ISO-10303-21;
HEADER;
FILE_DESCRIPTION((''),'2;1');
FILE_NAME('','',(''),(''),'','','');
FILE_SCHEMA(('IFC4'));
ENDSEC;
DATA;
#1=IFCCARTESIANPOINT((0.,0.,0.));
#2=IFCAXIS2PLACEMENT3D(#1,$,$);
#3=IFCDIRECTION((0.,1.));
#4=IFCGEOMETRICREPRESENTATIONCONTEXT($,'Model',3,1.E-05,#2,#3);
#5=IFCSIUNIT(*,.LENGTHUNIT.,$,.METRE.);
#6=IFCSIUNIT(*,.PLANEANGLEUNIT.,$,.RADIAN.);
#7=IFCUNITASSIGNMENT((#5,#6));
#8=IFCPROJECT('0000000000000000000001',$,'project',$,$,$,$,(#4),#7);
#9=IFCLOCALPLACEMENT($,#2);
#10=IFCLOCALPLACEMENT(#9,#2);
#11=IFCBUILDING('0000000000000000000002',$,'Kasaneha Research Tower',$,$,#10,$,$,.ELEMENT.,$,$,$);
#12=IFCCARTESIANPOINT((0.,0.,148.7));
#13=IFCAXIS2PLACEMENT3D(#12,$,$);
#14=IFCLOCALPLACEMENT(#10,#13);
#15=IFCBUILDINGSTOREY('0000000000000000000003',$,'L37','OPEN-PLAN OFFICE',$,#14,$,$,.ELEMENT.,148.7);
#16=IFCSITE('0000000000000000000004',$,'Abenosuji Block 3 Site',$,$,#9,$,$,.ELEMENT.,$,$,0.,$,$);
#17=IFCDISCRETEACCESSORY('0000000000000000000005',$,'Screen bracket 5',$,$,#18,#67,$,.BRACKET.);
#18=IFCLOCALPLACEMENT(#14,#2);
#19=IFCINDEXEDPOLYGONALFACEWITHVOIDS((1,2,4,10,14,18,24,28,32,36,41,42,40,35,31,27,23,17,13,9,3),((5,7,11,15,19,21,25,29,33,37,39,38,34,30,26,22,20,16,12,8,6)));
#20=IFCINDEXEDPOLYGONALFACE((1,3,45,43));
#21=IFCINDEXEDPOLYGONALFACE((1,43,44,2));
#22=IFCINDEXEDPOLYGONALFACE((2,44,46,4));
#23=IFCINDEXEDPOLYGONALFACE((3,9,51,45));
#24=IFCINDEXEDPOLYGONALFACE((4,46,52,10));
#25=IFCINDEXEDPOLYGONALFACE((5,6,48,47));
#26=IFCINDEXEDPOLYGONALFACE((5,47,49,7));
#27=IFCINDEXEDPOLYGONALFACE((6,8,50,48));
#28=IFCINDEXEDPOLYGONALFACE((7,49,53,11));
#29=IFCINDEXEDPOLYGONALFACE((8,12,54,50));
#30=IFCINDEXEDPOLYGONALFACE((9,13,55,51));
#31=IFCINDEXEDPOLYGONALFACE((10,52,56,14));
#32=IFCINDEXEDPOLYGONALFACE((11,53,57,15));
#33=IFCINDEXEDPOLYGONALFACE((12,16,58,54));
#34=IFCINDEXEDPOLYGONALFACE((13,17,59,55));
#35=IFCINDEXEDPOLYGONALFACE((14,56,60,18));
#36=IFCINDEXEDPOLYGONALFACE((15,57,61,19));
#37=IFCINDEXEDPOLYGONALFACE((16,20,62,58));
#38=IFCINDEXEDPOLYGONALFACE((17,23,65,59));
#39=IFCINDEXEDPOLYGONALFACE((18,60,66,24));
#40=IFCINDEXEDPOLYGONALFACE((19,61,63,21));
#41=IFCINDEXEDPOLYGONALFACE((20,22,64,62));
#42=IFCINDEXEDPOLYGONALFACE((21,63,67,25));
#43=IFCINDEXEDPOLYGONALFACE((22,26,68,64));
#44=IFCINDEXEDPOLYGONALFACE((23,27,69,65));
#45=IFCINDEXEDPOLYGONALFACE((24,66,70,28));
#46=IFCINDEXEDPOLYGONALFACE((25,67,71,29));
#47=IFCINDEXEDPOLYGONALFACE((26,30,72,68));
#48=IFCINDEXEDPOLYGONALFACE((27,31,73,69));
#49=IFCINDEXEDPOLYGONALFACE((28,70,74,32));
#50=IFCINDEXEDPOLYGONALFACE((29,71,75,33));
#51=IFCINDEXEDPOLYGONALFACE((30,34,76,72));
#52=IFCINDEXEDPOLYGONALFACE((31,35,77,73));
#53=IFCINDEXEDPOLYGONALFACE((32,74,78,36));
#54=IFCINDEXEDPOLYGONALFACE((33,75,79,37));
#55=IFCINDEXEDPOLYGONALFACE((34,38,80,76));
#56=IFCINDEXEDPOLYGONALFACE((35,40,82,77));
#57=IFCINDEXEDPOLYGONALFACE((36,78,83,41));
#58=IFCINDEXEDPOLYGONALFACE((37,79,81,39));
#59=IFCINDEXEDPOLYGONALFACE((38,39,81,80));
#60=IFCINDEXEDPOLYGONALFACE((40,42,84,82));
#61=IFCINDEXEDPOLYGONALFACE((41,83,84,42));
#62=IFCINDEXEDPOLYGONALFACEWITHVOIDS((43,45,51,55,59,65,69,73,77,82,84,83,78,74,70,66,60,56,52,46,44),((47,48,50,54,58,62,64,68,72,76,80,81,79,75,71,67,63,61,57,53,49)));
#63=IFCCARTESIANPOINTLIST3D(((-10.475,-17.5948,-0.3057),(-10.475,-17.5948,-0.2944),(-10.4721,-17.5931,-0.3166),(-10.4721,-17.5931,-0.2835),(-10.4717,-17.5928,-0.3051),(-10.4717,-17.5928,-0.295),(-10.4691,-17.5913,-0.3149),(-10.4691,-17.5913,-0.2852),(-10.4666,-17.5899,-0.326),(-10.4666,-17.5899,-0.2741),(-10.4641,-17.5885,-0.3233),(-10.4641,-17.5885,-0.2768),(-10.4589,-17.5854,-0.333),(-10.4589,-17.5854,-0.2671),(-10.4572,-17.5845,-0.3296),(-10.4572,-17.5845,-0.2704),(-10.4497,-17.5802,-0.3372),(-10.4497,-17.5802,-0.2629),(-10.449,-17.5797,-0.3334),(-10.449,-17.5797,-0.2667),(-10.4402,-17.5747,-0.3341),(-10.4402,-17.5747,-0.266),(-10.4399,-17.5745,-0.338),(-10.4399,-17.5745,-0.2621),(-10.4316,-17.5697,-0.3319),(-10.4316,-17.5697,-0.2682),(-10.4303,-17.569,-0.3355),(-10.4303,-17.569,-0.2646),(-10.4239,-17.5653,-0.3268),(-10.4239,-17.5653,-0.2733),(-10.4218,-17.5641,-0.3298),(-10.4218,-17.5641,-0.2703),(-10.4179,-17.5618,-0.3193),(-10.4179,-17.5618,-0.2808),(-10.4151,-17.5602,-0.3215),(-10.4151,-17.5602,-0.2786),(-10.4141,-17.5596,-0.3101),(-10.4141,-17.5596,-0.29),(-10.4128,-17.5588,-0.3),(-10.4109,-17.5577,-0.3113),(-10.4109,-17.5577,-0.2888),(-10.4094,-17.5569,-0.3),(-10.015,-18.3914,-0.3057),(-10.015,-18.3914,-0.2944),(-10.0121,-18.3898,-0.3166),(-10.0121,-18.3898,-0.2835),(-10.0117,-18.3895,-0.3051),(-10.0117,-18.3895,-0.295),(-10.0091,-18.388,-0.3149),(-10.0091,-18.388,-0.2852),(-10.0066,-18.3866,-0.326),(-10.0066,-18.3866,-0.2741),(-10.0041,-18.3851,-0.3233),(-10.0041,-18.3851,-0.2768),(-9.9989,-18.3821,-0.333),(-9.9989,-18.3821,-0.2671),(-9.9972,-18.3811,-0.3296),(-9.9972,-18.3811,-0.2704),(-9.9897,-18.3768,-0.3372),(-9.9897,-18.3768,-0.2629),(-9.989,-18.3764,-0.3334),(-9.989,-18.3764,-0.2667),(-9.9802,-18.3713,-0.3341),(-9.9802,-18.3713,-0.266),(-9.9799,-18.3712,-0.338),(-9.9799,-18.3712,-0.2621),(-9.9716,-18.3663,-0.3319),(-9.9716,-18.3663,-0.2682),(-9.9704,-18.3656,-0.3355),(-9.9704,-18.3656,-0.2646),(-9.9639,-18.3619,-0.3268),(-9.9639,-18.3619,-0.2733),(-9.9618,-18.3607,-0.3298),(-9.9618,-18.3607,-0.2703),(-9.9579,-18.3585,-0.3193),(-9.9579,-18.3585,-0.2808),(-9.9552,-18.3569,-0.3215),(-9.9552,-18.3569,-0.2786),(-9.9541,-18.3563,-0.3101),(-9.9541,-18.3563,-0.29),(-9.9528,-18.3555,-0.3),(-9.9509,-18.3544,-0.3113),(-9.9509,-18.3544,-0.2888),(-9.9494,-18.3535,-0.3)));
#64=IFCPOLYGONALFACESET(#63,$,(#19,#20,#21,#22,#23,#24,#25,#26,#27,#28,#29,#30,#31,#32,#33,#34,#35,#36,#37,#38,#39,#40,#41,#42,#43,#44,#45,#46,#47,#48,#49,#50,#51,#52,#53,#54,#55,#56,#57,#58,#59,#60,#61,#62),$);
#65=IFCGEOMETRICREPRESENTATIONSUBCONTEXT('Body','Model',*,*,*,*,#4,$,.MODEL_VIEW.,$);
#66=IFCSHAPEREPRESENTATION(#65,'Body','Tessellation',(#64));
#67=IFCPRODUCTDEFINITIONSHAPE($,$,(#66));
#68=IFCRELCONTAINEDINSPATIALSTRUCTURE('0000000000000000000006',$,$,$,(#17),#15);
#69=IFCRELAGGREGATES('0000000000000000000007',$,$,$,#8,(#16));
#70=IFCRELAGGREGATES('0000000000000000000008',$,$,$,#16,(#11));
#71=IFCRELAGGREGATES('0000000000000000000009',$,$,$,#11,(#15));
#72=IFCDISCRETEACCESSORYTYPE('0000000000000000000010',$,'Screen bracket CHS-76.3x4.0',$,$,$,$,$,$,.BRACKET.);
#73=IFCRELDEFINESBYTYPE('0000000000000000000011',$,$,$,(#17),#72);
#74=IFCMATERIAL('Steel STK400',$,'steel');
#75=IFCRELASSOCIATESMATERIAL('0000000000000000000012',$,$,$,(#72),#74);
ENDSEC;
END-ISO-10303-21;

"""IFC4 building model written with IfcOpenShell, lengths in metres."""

from ifc_helpers import new_model, si_unit, direction, frame, origin, origin_2d, place, context, subcontext, project, spatial, hollow_circle, extrude, material, material_profile, profile_set, type_object, element, save


model = new_model("IFC4")

# Units and contexts
model_context = context("Model", 3, precision=1e-05, world=origin(), true_north=direction((0.0, 1.0)))
body_context = subcontext(model_context, "Body", "Model", "MODEL_VIEW")
ifc_project = project(units=[si_unit("LENGTHUNIT", "METRE"), si_unit("PLANEANGLEUNIT", "RADIAN")], contexts=[model_context])

# Site, building, storey
site_placement = place(None, origin())
site = spatial("IfcSite", under=ifc_project, at=site_placement, Name="Abenosuji Block 3 Site", CompositionType="ELEMENT", RefElevation=0.0)
building_placement = place(site_placement, origin())
building = spatial("IfcBuilding", under=site, at=building_placement, Name="Kasaneha Research Tower", CompositionType="ELEMENT")
storey_placement = place(building_placement, frame((0.0, 0.0, 148.7)))
storey = spatial("IfcBuildingStorey", under=building, at=storey_placement, Name="L37", Description="OPEN-PLAN OFFICE", CompositionType="ELEMENT", Elevation=148.7)

# Discrete accessory
ifc_material_1 = material(Name="Steel STK400", Category="steel")
ifc_material_profile_1 = material_profile(ifc_material_1, hollow_circle(Radius=0.0381, WallThickness=0.0039, at=origin_2d()), Name="CHS-76.3x4.0")
ifc_profile_set_1 = profile_set([ifc_material_profile_1], Name="Steel STK400")
discrete_accessory_type = type_object("IfcDiscreteAccessoryType", Name="Screen bracket CHS-76.3x4.0", PredefinedType="BRACKET", material=ifc_profile_set_1)
discrete_accessory_1_placement = place(storey_placement, frame((-10.4424, -17.5759, -0.3), z_axis=(0.500021, -0.866013, 0.0), x_axis=(0.866013, 0.500021, 0.0)))
element("IfcDiscreteAccessory", 1, at=discrete_accessory_1_placement, inside=storey, type_object=discrete_accessory_type, Name="Screen bracket 5", PredefinedType="BRACKET", context=body_context, shape_type="SweptSolid", body=[
    extrude(hollow_circle(Radius=0.0381, WallThickness=0.0039, at=origin_2d()), origin(), (0.0, 0.0, 1.0), 0.9199),
])

save(model, "model.ifc")
